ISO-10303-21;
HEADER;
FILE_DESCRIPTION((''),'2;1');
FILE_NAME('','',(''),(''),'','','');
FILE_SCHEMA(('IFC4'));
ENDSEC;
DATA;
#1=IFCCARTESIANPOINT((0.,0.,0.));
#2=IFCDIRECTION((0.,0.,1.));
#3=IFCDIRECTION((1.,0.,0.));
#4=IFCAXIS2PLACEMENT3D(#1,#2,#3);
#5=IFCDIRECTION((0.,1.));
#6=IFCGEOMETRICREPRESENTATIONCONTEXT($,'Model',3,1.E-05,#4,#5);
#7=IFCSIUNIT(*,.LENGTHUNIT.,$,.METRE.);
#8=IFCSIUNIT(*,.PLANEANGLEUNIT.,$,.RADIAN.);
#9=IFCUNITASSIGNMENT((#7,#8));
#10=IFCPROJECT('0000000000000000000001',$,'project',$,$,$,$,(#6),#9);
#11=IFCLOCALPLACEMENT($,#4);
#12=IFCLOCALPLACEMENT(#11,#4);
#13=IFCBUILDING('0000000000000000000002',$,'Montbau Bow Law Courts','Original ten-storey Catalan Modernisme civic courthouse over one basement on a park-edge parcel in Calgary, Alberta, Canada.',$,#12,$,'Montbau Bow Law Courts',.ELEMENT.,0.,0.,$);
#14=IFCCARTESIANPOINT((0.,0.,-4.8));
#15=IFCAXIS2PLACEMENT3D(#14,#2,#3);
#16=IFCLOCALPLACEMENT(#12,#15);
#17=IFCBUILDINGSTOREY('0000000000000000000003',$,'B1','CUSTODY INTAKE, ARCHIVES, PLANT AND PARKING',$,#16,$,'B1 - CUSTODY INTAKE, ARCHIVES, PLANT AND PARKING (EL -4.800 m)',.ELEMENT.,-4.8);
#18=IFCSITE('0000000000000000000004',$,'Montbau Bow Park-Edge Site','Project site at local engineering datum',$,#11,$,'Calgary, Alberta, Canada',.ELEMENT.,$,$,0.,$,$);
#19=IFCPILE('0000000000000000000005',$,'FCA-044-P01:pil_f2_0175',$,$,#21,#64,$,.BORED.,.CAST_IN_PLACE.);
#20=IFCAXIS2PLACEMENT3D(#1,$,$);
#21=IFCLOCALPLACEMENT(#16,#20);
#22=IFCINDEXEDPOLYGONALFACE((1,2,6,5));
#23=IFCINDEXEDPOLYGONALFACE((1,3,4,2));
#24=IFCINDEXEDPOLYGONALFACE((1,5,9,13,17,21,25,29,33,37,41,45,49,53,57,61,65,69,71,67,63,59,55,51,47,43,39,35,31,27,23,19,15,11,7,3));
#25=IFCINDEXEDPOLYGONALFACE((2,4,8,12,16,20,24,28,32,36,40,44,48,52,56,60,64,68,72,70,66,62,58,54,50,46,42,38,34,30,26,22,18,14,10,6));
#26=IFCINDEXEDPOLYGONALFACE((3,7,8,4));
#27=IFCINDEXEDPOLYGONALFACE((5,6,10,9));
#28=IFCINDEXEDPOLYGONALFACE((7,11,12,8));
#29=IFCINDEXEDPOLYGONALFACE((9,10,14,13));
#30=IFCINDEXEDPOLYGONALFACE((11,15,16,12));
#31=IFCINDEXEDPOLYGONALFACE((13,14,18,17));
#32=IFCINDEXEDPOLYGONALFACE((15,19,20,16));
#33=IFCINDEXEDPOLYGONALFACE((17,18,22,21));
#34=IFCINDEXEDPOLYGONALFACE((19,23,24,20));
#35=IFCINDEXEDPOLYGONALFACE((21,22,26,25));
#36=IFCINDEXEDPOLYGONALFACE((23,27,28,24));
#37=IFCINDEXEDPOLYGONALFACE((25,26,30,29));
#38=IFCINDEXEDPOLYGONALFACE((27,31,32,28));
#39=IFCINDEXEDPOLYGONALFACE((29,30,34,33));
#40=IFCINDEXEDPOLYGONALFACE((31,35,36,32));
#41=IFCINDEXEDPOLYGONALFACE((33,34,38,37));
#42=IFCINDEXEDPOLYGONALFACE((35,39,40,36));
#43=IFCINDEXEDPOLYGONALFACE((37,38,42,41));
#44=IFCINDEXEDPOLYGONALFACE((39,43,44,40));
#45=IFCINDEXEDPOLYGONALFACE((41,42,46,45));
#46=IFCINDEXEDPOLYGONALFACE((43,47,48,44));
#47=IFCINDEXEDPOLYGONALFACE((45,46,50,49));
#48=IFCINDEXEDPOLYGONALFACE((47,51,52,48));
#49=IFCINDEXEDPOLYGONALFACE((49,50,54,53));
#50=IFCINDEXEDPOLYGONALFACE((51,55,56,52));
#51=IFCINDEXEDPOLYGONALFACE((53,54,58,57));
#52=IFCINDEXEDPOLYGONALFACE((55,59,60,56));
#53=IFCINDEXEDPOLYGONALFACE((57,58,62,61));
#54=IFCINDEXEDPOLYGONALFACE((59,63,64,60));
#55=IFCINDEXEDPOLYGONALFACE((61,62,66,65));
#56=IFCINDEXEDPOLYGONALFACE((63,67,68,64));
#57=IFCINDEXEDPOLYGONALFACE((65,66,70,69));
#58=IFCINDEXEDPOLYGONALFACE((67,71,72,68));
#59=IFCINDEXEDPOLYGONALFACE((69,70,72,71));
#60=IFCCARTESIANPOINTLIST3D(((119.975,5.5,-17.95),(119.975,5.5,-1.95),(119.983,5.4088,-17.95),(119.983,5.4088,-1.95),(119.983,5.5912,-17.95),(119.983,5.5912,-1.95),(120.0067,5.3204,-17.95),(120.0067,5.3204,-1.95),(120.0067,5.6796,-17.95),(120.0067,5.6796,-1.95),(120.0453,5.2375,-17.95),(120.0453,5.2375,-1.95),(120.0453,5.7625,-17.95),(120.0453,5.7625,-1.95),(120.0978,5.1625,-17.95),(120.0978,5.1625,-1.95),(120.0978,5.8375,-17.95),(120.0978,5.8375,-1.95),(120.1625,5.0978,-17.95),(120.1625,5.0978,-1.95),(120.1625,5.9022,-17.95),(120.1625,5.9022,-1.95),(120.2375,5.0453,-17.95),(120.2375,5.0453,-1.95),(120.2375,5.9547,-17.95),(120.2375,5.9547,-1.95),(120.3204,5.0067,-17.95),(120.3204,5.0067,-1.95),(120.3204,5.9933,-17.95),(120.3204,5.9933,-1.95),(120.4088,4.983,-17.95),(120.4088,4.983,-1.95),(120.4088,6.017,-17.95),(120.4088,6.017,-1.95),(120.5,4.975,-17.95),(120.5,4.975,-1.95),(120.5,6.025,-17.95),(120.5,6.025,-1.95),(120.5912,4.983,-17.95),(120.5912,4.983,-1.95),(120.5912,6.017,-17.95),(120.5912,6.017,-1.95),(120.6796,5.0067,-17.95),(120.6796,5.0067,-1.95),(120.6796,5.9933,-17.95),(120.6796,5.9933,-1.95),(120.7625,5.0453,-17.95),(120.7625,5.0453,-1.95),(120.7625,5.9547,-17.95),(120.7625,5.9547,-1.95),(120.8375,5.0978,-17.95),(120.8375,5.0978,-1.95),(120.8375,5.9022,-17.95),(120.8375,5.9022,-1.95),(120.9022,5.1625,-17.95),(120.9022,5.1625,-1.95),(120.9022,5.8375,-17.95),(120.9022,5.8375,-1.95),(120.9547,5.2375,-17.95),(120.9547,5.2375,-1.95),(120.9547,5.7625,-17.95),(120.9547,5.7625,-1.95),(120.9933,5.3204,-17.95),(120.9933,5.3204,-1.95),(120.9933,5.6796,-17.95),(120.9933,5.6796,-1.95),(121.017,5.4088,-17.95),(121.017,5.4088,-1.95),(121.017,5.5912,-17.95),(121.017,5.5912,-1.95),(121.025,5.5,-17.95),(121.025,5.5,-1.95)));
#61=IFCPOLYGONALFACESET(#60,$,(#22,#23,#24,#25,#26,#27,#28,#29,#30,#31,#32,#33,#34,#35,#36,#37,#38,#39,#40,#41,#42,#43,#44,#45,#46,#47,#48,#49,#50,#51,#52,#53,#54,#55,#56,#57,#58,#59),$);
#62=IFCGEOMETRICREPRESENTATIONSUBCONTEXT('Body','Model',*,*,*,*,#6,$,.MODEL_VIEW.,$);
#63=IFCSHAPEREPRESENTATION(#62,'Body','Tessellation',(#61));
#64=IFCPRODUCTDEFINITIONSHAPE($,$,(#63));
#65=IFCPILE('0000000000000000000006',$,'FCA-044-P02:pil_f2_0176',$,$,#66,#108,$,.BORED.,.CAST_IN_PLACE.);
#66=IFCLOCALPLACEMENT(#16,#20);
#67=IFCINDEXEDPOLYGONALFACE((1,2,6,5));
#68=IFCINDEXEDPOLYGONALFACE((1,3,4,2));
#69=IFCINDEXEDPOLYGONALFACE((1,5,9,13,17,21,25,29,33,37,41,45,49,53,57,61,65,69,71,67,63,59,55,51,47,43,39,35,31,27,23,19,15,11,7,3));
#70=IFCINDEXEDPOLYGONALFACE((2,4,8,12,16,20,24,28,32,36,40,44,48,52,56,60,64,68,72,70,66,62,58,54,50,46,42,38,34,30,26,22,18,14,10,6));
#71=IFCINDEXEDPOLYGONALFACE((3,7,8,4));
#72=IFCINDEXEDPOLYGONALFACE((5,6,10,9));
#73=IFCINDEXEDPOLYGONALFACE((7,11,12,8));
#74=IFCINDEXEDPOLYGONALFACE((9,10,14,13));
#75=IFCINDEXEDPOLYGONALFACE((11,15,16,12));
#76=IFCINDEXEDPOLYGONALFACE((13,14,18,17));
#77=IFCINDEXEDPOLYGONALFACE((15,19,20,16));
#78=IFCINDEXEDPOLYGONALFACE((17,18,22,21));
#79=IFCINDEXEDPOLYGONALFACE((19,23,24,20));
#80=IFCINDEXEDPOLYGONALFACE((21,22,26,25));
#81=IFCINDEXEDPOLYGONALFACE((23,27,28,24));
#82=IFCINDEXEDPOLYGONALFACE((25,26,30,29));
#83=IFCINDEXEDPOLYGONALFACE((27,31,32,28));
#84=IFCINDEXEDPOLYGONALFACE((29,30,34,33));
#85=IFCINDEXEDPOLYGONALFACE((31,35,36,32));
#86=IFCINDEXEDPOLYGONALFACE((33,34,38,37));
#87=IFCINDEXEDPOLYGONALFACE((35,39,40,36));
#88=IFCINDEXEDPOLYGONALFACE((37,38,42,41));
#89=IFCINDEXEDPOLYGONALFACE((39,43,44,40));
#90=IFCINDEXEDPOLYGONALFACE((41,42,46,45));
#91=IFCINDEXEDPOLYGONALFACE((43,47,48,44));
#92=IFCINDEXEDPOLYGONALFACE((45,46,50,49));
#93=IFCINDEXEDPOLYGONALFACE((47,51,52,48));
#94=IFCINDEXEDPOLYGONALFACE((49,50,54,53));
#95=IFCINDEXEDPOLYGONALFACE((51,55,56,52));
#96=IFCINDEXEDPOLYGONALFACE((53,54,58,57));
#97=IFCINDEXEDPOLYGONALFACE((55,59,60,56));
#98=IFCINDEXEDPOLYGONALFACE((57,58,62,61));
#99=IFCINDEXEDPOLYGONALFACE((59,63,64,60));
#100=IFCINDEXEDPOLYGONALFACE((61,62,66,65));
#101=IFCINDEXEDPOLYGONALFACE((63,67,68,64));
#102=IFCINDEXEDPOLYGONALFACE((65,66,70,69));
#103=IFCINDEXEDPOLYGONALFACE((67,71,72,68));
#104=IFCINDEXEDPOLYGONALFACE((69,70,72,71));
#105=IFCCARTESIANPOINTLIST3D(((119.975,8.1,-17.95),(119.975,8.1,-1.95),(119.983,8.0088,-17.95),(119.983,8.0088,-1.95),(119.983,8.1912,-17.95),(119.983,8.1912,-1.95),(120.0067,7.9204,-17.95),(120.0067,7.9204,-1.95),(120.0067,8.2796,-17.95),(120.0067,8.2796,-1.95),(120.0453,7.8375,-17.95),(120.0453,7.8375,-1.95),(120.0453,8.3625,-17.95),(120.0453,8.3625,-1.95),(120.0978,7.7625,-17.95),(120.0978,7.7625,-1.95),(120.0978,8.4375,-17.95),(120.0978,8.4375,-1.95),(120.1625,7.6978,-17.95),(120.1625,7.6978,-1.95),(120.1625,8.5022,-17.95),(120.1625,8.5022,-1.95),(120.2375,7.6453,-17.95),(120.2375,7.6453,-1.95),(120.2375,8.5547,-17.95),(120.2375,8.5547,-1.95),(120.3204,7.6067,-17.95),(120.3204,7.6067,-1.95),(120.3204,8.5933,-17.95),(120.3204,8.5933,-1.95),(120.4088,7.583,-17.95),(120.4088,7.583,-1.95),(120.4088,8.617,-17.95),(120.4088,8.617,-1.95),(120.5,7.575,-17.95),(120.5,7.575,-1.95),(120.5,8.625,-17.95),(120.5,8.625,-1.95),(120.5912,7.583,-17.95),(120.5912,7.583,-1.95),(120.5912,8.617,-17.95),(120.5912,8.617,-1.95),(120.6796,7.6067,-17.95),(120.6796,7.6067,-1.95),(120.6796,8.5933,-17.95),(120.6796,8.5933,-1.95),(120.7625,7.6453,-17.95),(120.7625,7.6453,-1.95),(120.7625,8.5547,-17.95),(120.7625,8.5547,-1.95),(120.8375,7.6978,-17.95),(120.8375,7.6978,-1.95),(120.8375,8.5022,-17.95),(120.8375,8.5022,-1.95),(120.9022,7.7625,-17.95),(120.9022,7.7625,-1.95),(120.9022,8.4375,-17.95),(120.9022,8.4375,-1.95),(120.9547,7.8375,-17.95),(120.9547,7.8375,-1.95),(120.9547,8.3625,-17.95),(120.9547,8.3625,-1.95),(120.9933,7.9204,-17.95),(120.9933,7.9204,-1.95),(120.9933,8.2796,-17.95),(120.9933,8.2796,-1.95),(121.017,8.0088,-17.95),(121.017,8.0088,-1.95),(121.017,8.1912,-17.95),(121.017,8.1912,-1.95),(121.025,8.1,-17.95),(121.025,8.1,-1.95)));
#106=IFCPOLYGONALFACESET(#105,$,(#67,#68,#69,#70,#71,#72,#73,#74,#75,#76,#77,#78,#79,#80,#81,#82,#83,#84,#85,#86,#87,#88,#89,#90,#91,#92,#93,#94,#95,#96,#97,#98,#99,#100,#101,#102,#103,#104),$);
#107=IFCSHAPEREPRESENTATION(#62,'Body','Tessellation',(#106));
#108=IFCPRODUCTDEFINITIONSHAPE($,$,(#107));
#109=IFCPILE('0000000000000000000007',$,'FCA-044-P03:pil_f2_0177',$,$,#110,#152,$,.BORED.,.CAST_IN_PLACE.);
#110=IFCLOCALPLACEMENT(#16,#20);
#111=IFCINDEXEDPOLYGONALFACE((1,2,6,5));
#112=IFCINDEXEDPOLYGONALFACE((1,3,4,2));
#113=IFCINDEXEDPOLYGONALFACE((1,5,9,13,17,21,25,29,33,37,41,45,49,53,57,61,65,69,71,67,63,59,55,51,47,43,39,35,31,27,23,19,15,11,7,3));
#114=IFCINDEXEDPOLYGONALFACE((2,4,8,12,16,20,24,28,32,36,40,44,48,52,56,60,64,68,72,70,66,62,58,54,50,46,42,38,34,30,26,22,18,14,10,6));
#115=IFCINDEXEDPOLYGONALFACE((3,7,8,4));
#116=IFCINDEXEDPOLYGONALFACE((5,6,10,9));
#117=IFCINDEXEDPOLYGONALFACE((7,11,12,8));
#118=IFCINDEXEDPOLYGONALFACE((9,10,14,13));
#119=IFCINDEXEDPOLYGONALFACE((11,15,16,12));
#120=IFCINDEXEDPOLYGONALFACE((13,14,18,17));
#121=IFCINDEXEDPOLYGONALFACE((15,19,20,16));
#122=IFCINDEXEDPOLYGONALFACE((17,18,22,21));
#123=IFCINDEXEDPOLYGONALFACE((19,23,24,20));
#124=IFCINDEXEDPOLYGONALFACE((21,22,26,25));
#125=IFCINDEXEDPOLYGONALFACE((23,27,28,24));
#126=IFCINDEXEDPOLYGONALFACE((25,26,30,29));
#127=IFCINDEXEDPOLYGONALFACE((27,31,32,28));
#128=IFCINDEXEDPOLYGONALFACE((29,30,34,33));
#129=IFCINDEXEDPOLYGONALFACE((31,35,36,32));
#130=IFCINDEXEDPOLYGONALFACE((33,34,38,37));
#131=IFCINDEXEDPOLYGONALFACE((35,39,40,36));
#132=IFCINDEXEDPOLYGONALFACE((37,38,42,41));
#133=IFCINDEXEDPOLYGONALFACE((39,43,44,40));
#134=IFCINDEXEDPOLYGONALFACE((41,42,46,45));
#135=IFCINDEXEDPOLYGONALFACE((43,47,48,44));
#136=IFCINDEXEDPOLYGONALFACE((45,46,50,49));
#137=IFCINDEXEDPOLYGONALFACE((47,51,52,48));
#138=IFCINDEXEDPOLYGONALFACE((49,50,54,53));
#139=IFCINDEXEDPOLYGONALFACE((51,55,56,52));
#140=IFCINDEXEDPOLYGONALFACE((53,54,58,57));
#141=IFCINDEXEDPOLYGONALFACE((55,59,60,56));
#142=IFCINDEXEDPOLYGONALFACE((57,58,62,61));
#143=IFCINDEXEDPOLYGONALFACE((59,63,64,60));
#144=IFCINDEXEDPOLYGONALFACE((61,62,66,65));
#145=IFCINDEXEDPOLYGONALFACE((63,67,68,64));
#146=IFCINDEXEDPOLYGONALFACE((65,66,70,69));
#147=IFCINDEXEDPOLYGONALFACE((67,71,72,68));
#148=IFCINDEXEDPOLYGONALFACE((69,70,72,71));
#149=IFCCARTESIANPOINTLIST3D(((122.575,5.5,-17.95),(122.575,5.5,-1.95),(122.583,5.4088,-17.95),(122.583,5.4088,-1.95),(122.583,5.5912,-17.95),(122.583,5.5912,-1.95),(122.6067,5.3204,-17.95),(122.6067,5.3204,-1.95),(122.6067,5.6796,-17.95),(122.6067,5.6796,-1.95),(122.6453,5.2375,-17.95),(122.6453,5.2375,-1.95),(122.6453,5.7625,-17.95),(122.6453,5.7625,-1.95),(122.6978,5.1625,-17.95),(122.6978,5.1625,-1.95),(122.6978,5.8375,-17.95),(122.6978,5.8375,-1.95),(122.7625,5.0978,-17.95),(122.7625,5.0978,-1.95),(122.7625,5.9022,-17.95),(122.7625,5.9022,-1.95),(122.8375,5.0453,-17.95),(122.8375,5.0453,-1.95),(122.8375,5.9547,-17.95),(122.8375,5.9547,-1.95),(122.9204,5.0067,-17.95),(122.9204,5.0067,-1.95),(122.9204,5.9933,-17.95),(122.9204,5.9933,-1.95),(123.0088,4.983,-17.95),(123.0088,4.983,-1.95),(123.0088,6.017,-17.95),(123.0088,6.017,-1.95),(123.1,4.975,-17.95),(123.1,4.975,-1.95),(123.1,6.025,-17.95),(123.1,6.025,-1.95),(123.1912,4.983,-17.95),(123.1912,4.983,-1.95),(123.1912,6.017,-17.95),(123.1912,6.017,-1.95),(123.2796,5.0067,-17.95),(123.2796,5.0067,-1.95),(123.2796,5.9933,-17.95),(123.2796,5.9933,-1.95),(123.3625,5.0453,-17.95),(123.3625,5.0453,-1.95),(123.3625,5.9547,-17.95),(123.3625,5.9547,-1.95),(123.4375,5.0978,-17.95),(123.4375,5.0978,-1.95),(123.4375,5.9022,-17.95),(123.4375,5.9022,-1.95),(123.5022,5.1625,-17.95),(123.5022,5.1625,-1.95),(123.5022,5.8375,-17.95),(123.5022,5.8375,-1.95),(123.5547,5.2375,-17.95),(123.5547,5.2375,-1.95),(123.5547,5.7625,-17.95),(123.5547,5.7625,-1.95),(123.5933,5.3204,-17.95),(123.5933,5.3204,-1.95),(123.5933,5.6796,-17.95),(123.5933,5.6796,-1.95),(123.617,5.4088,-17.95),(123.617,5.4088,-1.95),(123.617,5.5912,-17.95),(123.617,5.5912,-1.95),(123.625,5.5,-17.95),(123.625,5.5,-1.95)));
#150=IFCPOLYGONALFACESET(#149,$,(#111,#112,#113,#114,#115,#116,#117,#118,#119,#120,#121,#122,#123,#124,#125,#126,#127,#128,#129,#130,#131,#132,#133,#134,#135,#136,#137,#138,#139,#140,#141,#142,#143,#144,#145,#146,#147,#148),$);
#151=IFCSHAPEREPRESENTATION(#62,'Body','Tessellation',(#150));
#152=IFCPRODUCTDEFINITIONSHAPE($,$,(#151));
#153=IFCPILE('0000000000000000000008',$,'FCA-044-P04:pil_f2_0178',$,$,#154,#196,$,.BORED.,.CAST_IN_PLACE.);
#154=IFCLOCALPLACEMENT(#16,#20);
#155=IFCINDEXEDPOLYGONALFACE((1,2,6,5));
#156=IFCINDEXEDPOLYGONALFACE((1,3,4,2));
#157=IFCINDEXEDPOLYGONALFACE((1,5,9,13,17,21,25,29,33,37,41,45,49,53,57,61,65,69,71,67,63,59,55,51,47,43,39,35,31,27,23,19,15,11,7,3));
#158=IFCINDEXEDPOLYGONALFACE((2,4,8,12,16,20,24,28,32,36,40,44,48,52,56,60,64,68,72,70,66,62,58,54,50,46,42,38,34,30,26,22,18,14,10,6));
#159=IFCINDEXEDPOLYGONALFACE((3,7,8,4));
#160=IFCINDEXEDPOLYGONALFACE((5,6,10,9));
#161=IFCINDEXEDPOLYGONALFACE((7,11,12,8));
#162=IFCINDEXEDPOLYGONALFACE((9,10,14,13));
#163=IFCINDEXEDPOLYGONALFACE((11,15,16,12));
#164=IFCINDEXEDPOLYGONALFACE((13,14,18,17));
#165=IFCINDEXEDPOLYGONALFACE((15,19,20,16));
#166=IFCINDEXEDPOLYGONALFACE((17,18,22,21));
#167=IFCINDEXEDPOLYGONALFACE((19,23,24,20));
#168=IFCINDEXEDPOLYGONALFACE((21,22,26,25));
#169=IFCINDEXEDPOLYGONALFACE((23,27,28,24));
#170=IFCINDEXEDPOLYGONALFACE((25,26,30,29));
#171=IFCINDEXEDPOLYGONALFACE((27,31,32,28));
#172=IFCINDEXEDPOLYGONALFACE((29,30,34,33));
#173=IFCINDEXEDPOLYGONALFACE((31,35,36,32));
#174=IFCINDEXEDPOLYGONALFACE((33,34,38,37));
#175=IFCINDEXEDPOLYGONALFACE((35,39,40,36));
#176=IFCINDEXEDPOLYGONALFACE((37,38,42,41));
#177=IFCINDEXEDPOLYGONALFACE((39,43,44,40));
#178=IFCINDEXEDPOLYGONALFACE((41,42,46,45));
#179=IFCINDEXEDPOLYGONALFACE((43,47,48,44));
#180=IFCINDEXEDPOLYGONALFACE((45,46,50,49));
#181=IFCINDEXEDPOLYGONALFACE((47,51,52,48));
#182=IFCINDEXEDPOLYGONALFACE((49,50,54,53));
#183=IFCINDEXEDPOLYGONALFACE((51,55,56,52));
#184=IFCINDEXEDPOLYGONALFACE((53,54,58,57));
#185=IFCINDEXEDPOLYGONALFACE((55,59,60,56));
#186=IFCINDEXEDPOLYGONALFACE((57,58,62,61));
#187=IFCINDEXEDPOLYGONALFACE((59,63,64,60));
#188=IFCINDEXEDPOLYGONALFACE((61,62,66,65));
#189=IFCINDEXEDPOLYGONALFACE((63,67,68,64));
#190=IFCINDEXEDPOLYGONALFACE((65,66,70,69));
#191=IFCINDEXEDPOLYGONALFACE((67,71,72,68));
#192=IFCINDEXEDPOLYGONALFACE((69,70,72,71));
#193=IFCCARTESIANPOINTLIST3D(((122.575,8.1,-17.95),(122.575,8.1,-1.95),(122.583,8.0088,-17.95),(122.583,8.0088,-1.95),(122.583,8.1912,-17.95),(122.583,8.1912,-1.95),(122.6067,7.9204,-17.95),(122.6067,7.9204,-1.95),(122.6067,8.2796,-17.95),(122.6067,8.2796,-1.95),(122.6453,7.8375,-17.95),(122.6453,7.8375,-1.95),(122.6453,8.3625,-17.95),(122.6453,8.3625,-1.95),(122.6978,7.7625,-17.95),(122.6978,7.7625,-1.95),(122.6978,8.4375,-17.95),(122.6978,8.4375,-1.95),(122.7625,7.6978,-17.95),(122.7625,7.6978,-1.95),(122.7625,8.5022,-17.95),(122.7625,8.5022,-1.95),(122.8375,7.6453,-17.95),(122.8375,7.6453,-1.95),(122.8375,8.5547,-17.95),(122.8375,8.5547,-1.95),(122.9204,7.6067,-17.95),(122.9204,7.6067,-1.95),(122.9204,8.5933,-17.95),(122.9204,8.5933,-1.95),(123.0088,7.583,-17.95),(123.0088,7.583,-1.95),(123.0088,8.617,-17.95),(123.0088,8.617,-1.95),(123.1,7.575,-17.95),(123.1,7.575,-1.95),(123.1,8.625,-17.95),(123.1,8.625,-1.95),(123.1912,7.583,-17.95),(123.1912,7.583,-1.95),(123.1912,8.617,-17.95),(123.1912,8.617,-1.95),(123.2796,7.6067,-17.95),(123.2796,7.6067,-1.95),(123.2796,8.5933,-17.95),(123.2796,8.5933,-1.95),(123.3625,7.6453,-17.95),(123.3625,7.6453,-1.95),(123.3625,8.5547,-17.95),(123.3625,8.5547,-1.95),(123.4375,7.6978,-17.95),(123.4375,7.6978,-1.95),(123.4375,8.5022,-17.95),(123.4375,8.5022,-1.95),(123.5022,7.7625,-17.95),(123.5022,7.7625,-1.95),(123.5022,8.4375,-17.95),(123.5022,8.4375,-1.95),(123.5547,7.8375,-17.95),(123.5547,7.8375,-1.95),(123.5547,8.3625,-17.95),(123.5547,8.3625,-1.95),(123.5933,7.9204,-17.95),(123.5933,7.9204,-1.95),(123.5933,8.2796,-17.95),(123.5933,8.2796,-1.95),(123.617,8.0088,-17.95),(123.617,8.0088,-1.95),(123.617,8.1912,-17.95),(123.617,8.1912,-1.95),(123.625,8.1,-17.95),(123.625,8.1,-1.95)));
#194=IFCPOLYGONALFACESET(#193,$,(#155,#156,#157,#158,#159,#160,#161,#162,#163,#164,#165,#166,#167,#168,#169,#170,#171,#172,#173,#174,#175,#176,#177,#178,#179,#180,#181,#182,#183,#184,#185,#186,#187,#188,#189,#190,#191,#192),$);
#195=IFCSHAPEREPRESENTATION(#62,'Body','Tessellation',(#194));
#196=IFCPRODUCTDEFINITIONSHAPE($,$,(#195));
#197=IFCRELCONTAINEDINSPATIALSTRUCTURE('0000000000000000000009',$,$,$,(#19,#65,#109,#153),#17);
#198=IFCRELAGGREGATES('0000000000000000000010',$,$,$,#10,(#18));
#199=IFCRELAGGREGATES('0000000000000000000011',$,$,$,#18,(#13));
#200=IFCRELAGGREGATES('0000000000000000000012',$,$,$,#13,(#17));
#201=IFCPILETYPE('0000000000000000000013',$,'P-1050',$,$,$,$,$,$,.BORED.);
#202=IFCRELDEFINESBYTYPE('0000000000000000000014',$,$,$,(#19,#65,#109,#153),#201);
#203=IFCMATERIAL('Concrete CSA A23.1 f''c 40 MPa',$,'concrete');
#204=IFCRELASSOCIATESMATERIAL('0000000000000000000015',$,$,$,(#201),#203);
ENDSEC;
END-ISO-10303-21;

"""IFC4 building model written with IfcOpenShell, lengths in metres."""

from ifc_helpers import new_model, si_unit, direction, frame, origin_with_axes, origin_2d_with_axis, place, context, subcontext, project, spatial, circle, extrude, material, material_profile, profile_set, type_object, element, save


model = new_model("IFC4")

# Units and contexts
model_context = context("Model", 3, precision=1e-05, world=origin_with_axes(), true_north=direction((0.0, 1.0)))
body_context = subcontext(model_context, "Body", "Model", "MODEL_VIEW")
ifc_project = project(units=[si_unit("LENGTHUNIT", "METRE"), si_unit("PLANEANGLEUNIT", "RADIAN")], contexts=[model_context])

# Site, building, storey
site_placement = place(None, origin_with_axes())
site = spatial("IfcSite", under=ifc_project, at=site_placement, Name="Montbau Bow Park-Edge Site", Description="Project site at local engineering datum", LongName="Calgary, Alberta, Canada", CompositionType="ELEMENT", RefElevation=0.0)
building_placement = place(site_placement, origin_with_axes())
building = spatial("IfcBuilding", under=site, at=building_placement, Name="Montbau Bow Law Courts", Description="Original ten-storey Catalan Modernisme civic courthouse over one basement on a park-edge parcel in Calgary, Alberta, Canada.", LongName="Montbau Bow Law Courts", CompositionType="ELEMENT", ElevationOfRefHeight=0.0, ElevationOfTerrain=0.0)
storey_placement = place(building_placement, frame((0.0, 0.0, -4.8), z_axis=(0.0, 0.0, 1.0), x_axis=(1.0, 0.0, 0.0)))
storey = spatial("IfcBuildingStorey", under=building, at=storey_placement, Name="B1", Description="CUSTODY INTAKE, ARCHIVES, PLANT AND PARKING", LongName="B1 - CUSTODY INTAKE, ARCHIVES, PLANT AND PARKING (EL -4.800 m)", CompositionType="ELEMENT", Elevation=-4.8)

# Piles
ifc_material_1 = material(Name="Concrete CSA A23.1 f'c 40 MPa", Category="concrete")
ifc_material_profile_1 = material_profile(ifc_material_1, circle(Radius=0.525, at=origin_2d_with_axis()), Name="BP1050", Category="Main", Priority=0)
ifc_profile_set_1 = profile_set([ifc_material_profile_1], Name="Concrete CSA A23.1 f'c 40 MPa")
pile_type_1 = type_object("IfcPileType", Name="P-1050", PredefinedType="BORED", material=ifc_profile_set_1)
for number, where, z_axis, x_axis, name in (
    (1, (120.5, 5.5, -22.75), (0.0, 0.0, 1.0), (1.0, 0.0, 0.0), "FCA-044-P01:pil_f2_0175"),
    (2, (120.5, 8.1, -22.75), (0.0, 0.0, 1.0), (1.0, 0.0, 0.0), "FCA-044-P02:pil_f2_0176"),
    (3, (123.1, 5.5, -22.75), (0.0, 0.0, 1.0), (1.0, 0.0, 0.0), "FCA-044-P03:pil_f2_0177"),
    (4, (123.1, 8.1, -22.75), (0.0, 0.0, 1.0), (1.0, 0.0, 0.0), "FCA-044-P04:pil_f2_0178"),
):
    element("IfcPile", number, at=place(None, frame(where, z_axis=z_axis, x_axis=x_axis)), inside=storey, type_object=pile_type_1, Name=name, ConstructionType="CAST_IN_PLACE", PredefinedType="BORED", context=body_context, shape_type="SweptSolid", body=[
        extrude(circle(Radius=0.525, at=origin_2d_with_axis()), origin_with_axes(), (0.0, 0.0, 1.0), 16.0),
    ])

save(model, "model.ifc")
